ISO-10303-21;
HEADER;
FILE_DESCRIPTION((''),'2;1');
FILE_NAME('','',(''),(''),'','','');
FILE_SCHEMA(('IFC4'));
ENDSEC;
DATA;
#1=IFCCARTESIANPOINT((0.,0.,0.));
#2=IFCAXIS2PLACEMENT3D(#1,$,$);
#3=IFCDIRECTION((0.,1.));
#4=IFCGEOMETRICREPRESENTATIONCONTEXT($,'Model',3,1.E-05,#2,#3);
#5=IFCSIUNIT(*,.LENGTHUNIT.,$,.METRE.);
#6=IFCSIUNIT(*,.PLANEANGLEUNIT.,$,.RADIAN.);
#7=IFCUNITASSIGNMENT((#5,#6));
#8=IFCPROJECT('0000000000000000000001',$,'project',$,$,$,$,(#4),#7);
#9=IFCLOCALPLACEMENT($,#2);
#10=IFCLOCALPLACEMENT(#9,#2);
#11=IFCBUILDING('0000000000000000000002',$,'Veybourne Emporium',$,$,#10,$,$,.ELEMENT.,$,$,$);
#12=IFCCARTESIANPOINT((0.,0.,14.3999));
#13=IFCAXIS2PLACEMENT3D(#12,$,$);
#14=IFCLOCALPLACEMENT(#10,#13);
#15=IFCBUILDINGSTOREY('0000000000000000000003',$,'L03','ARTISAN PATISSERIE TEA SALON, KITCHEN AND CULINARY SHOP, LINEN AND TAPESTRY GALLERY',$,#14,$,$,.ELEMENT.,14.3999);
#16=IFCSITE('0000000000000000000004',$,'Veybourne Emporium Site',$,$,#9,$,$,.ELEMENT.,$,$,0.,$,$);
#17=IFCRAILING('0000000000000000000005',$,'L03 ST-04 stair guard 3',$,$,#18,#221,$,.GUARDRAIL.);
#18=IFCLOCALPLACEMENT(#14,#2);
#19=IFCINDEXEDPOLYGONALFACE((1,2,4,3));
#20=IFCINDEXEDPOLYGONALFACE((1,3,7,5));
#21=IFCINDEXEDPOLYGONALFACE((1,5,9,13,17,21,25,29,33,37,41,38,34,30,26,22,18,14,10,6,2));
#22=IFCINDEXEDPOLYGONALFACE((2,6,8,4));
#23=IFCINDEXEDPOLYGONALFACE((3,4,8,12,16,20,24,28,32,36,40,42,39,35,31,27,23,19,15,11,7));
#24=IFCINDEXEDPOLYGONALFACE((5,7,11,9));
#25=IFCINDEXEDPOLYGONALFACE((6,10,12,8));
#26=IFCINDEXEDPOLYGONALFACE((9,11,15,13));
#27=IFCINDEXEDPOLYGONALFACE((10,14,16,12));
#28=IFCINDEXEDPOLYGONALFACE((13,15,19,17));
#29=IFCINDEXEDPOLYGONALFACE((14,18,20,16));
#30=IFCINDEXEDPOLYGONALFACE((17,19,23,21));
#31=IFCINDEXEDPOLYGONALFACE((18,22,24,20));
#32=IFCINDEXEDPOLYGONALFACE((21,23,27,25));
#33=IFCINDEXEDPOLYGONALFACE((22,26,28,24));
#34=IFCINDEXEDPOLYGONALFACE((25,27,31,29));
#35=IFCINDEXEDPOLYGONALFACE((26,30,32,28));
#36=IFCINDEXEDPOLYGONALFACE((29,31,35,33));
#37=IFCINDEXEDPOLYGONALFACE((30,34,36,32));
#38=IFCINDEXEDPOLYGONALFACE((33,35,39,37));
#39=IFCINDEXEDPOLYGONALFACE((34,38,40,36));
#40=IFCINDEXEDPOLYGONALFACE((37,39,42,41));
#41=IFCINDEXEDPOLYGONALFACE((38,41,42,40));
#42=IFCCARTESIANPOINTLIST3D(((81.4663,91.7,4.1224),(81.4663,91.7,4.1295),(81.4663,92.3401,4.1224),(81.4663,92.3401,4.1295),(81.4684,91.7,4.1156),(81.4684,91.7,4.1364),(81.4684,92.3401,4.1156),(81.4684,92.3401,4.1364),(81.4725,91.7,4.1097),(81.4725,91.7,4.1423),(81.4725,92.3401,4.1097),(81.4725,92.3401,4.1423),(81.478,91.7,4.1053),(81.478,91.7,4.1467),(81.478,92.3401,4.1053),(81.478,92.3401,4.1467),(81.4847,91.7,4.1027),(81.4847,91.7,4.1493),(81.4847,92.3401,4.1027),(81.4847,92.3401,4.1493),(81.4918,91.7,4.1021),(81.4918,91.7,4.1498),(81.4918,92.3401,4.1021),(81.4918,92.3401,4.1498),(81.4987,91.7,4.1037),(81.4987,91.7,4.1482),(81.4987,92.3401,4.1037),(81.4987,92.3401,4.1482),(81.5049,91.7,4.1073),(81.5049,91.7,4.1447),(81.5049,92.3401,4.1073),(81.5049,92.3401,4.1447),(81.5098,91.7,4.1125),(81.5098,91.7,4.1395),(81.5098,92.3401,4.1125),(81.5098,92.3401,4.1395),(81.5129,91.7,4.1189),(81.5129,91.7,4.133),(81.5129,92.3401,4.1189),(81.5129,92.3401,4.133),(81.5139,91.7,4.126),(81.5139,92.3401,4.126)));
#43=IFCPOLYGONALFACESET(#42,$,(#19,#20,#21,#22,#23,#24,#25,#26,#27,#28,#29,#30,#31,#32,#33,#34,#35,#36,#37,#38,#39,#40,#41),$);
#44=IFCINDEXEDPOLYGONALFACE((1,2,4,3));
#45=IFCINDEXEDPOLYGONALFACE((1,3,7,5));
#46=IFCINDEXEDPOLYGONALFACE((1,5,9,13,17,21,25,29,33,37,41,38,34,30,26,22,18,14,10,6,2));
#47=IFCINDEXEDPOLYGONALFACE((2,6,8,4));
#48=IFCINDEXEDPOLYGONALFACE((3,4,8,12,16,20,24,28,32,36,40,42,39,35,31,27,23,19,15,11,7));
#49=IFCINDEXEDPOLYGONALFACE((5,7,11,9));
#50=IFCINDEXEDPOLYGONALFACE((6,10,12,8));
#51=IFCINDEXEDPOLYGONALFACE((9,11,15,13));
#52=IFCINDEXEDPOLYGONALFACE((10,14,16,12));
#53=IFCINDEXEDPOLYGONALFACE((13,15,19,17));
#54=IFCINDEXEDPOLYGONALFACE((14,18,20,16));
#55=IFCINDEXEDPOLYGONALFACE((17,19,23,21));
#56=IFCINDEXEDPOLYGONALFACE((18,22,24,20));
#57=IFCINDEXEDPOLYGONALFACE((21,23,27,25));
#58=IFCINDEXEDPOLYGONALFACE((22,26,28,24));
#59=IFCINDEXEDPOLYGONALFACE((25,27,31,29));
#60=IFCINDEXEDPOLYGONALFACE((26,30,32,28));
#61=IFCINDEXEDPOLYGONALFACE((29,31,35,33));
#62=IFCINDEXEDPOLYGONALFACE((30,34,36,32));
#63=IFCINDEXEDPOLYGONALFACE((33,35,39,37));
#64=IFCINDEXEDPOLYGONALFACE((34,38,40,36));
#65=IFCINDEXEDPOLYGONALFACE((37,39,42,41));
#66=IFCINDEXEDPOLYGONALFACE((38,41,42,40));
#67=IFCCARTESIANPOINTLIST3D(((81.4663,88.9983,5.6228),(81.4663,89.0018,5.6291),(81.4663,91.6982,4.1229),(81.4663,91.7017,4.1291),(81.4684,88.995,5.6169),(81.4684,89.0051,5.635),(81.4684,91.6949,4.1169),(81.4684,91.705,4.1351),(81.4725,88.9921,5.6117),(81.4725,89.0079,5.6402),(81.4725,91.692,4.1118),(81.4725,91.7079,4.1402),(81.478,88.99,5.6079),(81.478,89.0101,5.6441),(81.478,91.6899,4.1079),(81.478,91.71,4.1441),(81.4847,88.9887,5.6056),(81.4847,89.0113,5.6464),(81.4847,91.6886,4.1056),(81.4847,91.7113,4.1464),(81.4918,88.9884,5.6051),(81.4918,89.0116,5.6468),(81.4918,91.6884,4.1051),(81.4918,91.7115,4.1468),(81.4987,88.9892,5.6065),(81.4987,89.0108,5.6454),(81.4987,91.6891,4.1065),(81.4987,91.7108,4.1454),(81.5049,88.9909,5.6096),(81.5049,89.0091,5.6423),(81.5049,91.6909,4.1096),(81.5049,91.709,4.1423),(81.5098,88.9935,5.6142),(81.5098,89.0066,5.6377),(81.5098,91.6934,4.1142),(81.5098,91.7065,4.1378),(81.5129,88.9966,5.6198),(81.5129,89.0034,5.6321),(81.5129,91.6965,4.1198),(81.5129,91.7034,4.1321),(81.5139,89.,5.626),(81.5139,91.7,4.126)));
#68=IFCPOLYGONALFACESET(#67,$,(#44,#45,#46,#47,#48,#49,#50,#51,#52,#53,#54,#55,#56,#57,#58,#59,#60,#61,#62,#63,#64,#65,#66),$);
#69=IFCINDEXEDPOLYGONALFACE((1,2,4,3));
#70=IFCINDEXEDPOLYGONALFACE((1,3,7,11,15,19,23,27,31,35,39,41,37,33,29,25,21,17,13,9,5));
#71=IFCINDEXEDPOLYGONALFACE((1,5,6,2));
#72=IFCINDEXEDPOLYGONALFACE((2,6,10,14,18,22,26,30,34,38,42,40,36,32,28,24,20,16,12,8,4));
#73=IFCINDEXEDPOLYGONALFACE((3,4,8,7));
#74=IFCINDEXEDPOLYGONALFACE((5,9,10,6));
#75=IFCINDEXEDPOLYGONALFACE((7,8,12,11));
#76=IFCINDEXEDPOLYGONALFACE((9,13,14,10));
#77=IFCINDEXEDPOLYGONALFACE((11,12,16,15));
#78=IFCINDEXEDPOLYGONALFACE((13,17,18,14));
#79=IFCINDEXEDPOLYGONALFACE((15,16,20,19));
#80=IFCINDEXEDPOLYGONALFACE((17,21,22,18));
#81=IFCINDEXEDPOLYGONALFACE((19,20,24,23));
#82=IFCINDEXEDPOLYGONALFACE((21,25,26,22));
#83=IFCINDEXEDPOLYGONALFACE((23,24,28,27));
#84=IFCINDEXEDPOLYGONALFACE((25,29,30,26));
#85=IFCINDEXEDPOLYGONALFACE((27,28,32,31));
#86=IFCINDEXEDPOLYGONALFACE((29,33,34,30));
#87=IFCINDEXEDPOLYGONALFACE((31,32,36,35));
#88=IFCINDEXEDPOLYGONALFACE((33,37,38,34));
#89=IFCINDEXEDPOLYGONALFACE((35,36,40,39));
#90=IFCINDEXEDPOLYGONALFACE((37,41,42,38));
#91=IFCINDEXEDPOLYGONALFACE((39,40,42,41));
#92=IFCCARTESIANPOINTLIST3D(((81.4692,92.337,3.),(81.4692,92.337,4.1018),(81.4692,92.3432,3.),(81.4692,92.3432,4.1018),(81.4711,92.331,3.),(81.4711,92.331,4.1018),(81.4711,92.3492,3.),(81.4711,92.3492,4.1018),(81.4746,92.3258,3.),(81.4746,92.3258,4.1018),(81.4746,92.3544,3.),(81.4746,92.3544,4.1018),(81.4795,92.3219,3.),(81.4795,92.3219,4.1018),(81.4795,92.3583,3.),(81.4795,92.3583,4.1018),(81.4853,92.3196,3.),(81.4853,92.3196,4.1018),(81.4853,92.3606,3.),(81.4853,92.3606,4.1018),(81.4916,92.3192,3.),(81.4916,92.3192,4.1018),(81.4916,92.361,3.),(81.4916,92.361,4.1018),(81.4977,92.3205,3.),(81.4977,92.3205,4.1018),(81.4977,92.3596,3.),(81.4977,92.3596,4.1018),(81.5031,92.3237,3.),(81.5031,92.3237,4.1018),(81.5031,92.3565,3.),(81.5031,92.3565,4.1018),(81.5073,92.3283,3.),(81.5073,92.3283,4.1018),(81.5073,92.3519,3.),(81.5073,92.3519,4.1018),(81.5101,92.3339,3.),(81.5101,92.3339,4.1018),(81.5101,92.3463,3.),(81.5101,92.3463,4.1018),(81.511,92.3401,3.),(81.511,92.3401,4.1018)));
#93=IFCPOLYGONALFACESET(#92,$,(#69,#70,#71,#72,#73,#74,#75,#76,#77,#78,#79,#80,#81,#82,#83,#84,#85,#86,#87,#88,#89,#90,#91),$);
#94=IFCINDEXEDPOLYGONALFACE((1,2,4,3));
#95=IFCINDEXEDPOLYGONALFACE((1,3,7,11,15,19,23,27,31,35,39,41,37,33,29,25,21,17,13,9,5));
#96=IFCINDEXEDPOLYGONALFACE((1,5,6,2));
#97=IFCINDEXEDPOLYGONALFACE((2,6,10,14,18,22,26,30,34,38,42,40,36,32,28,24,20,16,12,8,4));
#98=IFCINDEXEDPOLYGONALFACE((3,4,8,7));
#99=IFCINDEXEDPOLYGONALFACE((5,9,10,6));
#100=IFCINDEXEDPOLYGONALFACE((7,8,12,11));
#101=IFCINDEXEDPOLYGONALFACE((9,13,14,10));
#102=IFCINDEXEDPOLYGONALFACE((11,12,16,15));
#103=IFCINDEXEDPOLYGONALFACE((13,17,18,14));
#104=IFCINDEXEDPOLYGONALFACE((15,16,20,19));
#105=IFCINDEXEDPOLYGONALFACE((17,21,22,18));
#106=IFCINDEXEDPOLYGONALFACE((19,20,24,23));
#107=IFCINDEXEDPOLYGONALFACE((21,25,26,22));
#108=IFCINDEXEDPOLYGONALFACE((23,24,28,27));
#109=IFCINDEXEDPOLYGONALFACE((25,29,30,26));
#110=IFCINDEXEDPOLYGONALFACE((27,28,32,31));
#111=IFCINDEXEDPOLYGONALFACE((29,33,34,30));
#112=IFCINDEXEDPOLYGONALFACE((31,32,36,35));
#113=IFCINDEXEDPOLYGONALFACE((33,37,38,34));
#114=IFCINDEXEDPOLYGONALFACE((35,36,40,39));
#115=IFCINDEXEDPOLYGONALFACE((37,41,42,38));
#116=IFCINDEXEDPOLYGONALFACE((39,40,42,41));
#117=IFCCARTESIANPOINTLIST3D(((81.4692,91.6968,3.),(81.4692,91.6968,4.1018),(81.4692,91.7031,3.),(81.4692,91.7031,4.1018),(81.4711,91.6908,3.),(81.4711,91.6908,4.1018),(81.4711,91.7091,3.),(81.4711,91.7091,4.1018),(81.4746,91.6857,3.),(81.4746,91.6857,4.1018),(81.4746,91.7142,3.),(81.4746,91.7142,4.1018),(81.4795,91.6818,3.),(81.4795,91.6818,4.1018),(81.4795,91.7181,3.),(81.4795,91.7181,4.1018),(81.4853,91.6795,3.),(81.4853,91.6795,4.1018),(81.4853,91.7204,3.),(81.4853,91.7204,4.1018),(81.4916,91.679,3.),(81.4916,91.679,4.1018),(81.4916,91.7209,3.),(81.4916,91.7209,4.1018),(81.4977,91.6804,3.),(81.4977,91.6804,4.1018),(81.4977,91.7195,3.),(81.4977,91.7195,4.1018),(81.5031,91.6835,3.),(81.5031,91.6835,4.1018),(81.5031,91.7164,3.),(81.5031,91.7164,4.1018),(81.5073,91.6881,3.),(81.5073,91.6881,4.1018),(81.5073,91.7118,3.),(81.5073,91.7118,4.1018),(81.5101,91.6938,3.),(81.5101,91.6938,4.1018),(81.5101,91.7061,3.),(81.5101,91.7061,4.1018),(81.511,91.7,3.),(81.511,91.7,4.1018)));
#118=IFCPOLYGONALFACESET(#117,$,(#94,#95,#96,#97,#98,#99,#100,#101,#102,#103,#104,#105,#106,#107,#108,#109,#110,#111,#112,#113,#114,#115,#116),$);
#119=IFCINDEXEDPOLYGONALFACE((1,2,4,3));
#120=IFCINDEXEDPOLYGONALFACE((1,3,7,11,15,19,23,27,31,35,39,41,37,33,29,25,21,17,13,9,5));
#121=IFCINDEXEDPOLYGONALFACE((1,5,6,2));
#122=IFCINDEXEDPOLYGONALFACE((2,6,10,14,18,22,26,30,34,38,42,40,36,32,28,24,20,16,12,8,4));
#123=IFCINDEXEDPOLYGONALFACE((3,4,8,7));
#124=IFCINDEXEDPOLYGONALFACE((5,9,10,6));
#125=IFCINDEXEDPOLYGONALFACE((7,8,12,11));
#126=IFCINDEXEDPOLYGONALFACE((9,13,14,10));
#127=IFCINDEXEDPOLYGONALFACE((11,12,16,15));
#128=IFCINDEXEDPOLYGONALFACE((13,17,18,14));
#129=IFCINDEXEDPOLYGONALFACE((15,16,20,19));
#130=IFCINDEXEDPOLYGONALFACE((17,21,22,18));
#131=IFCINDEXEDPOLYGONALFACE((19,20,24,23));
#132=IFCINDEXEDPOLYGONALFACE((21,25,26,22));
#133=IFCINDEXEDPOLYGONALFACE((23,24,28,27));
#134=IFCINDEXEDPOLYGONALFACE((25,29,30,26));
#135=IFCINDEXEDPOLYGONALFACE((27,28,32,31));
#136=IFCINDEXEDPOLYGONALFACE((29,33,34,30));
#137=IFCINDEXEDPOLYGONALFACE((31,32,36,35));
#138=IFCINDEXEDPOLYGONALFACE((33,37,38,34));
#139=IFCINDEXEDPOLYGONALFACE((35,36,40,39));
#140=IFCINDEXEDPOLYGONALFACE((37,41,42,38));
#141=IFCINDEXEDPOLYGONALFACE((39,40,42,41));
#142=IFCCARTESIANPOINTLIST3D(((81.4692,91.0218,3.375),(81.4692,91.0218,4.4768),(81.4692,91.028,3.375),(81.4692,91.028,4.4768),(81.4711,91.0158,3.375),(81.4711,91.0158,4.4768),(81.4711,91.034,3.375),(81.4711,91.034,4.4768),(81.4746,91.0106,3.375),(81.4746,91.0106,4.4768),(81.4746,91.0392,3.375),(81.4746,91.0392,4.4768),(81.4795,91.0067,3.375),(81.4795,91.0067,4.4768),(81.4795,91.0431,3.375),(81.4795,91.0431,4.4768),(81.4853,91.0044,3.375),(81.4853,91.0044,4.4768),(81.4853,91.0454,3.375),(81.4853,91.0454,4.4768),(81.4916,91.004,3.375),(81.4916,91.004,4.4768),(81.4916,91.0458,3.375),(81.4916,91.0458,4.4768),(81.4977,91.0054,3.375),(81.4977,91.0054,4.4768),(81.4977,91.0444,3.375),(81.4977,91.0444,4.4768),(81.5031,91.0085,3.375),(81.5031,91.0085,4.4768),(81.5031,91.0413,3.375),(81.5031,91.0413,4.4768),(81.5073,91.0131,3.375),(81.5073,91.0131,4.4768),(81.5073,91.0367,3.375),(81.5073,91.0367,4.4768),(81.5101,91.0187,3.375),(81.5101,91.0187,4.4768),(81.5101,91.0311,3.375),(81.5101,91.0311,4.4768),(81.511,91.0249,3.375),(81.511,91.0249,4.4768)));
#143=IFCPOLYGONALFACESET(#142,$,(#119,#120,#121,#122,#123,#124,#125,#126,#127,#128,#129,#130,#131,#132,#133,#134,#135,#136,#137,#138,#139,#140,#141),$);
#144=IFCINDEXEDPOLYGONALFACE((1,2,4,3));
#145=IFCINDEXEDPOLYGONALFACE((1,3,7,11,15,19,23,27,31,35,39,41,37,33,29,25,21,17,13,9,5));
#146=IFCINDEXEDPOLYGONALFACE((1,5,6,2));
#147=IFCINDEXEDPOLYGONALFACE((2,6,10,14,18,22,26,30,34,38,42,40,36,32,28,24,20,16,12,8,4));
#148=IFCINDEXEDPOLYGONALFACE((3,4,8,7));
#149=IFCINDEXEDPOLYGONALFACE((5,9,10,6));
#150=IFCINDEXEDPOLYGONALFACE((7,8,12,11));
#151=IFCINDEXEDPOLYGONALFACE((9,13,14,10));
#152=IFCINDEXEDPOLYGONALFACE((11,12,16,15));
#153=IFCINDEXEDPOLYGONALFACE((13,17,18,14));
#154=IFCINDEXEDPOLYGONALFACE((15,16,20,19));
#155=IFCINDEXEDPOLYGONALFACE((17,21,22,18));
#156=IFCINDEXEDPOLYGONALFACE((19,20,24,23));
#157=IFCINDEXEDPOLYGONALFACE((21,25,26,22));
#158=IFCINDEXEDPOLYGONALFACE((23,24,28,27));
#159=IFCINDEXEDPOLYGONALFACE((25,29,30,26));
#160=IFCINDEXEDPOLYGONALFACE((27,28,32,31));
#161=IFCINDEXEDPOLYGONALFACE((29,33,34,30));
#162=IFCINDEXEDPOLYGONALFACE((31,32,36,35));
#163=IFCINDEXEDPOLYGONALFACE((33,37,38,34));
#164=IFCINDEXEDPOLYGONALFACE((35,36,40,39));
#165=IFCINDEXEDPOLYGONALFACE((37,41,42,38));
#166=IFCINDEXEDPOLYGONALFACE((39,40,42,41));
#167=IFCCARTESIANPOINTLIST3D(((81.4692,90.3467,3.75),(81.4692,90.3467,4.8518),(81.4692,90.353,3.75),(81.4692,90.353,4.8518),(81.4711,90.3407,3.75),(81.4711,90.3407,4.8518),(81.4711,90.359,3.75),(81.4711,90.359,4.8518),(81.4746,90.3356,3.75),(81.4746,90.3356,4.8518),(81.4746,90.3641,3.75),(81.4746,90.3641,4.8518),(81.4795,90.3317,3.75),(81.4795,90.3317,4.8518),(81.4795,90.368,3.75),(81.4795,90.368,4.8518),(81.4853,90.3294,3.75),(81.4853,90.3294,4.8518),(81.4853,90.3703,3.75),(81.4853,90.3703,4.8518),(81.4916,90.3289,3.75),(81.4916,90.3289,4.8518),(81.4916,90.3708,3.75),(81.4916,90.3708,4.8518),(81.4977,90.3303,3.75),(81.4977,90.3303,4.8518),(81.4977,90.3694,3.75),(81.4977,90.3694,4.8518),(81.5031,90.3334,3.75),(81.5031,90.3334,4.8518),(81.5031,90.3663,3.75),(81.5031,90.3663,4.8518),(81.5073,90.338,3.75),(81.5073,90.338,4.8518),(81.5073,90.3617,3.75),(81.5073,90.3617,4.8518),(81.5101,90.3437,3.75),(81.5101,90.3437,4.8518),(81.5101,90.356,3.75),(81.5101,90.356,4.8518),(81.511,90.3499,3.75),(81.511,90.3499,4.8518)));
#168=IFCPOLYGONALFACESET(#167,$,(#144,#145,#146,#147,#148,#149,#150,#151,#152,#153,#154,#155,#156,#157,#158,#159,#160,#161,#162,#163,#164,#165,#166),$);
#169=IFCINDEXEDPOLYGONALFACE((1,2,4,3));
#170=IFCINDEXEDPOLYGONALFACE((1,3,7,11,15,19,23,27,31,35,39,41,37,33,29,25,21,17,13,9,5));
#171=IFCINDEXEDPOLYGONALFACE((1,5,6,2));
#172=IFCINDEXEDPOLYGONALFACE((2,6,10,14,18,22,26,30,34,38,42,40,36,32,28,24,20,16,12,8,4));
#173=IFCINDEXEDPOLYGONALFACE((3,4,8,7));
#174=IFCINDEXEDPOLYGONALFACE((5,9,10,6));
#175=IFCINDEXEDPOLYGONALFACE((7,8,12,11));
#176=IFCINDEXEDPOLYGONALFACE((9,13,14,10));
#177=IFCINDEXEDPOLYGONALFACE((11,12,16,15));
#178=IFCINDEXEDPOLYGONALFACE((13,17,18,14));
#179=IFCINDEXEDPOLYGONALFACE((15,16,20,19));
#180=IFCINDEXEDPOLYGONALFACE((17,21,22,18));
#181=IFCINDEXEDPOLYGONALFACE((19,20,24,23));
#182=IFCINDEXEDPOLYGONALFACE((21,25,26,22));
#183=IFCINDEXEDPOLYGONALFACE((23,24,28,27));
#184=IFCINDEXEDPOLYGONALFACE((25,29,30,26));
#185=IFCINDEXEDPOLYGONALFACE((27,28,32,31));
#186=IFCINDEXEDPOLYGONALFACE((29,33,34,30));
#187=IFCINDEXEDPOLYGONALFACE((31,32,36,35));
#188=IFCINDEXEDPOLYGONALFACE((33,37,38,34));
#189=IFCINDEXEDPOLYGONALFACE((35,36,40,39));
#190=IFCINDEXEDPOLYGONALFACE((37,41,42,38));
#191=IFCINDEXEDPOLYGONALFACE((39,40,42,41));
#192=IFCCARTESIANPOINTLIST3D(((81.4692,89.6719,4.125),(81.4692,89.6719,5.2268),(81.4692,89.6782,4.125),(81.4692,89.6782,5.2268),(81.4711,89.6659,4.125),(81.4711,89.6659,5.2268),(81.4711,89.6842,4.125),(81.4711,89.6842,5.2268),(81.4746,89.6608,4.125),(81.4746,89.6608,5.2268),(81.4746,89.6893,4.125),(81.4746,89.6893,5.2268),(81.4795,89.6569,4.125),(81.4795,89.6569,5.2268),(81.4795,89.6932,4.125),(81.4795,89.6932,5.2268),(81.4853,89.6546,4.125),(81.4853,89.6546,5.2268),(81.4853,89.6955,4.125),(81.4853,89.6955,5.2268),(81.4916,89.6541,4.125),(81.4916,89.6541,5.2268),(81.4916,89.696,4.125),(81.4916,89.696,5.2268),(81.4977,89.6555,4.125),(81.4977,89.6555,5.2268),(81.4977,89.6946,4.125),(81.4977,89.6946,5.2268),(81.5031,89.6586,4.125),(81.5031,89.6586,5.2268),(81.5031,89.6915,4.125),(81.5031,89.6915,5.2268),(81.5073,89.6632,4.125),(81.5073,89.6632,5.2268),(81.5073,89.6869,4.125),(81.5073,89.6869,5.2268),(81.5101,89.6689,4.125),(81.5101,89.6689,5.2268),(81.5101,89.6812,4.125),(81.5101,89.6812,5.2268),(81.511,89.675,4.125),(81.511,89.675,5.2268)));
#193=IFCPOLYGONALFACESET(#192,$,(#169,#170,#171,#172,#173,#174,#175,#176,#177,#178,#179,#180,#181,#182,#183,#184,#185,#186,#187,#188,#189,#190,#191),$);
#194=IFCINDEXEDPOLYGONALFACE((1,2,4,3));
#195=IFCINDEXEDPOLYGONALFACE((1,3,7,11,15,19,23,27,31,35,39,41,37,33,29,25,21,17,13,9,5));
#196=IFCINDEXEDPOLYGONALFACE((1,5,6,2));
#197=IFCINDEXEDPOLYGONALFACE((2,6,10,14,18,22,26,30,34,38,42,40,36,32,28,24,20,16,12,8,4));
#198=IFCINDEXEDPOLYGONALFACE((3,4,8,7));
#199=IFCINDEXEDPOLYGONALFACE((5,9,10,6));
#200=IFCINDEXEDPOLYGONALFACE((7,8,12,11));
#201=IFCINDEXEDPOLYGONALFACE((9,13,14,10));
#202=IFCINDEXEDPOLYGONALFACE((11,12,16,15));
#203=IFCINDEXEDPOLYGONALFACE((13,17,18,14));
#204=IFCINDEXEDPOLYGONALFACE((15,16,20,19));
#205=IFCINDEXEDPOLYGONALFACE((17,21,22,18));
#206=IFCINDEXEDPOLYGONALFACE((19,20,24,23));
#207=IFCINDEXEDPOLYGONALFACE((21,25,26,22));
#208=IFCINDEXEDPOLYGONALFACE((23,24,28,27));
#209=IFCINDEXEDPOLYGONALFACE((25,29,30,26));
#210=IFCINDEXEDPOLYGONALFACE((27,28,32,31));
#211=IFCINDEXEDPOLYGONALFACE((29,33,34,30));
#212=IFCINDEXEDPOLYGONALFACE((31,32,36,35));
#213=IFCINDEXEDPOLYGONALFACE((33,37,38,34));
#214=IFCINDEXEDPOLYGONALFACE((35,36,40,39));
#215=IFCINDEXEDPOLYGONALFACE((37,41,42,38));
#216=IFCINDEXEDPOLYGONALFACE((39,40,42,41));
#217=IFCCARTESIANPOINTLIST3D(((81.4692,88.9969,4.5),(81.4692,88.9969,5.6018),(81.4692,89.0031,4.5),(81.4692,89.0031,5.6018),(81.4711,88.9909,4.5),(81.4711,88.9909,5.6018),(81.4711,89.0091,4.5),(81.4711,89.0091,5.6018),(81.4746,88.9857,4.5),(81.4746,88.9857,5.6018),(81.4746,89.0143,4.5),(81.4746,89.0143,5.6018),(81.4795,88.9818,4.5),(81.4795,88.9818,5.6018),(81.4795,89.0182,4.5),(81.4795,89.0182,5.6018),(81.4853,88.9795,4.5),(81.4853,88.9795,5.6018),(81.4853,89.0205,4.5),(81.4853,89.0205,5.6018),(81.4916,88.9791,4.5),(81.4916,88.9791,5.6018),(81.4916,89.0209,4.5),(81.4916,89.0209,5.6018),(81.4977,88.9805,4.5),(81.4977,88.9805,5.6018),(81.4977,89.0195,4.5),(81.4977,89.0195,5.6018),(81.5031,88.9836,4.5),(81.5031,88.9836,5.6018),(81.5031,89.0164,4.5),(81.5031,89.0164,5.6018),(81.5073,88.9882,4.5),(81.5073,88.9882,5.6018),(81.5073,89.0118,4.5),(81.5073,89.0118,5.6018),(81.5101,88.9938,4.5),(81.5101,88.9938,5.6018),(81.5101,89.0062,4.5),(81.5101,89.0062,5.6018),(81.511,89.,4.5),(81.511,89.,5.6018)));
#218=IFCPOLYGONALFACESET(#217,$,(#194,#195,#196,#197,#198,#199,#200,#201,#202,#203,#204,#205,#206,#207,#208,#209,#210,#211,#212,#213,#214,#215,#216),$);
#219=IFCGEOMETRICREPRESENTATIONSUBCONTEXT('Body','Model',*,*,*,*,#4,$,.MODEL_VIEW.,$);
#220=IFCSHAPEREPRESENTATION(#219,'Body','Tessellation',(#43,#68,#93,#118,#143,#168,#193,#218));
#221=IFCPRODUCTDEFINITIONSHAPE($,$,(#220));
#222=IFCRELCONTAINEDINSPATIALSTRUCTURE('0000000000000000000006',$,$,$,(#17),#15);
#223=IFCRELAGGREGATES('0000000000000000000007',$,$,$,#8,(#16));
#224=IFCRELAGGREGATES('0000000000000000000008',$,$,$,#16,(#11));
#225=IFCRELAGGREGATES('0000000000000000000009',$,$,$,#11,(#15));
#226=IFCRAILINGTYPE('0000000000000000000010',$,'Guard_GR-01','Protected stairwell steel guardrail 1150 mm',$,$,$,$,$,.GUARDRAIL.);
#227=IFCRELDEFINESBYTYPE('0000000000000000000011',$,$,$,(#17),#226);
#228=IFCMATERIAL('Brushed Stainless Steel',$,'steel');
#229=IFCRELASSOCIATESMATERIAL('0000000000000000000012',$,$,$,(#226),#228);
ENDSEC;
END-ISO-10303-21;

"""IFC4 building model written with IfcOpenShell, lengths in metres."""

from ifc_helpers import new_model, si_unit, direction, frame, origin, origin_2d, place, context, subcontext, project, spatial, circle, extrude, material, type_object, element, save


model = new_model("IFC4")

# Units and contexts
model_context = context("Model", 3, precision=1e-05, world=origin(), true_north=direction((0.0, 1.0)))
body_context = subcontext(model_context, "Body", "Model", "MODEL_VIEW")
ifc_project = project(units=[si_unit("LENGTHUNIT", "METRE"), si_unit("PLANEANGLEUNIT", "RADIAN")], contexts=[model_context])

# Site, building, storey
site_placement = place(None, origin())
site = spatial("IfcSite", under=ifc_project, at=site_placement, Name="Veybourne Emporium Site", CompositionType="ELEMENT", RefElevation=0.0)
building_placement = place(site_placement, origin())
building = spatial("IfcBuilding", under=site, at=building_placement, Name="Veybourne Emporium", CompositionType="ELEMENT")
storey_placement = place(building_placement, frame((0.0, 0.0, 14.3999)))
storey = spatial("IfcBuildingStorey", under=building, at=storey_placement, Name="L03", Description="ARTISAN PATISSERIE TEA SALON, KITCHEN AND CULINARY SHOP, LINEN AND TAPESTRY GALLERY", CompositionType="ELEMENT", Elevation=14.3999)

# Railing
ifc_material_1 = material(Name="Brushed Stainless Steel", Category="steel")
railing_type_1 = type_object("IfcRailingType", Name="Guard_GR-01", Description="Protected stairwell steel guardrail 1150 mm", PredefinedType="GUARDRAIL", material=ifc_material_1)
railing_1_placement = place(storey_placement, frame((81.49, 92.3401, 3.0)))
element("IfcRailing", 1, at=railing_1_placement, inside=storey, type_object=railing_type_1, Name="L03 ST-04 stair guard 3", PredefinedType="GUARDRAIL", context=body_context, shape_type="SweptSolid", body=[
    extrude(circle(Radius=0.0239, at=origin_2d()), frame((0.0, 0.0, 1.126), z_axis=(0.0, -1.0, 0.0), x_axis=(1.0, 0.0, 0.0)), (0.0, 0.0, 1.0), 0.6401),
    extrude(circle(Radius=0.0239, at=origin_2d()), frame((0.0, -0.6401, 1.126), z_axis=(0.0, -0.874154, 0.48565), x_axis=(1.0, 0.0, 0.0)), (0.0, 0.0, 1.0), 3.0886),
    extrude(circle(Radius=0.021, at=origin_2d()), origin(), (0.0, 0.0, 1.0), 1.1018),
    extrude(circle(Radius=0.021, at=origin_2d()), frame((0.0, -0.6401, 0.0)), (0.0, 0.0, 1.0), 1.1018),
    extrude(circle(Radius=0.021, at=origin_2d()), frame((0.0, -1.3152, 0.375)), (0.0, 0.0, 1.0), 1.1018),
    extrude(circle(Radius=0.021, at=origin_2d()), frame((0.0, -1.9902, 0.75)), (0.0, 0.0, 1.0), 1.1018),
    extrude(circle(Radius=0.021, at=origin_2d()), frame((0.0, -2.665, 1.125)), (0.0, 0.0, 1.0), 1.1018),
    extrude(circle(Radius=0.021, at=origin_2d()), frame((0.0, -3.3401, 1.5)), (0.0, 0.0, 1.0), 1.1018),
])

save(model, "model.ifc")
